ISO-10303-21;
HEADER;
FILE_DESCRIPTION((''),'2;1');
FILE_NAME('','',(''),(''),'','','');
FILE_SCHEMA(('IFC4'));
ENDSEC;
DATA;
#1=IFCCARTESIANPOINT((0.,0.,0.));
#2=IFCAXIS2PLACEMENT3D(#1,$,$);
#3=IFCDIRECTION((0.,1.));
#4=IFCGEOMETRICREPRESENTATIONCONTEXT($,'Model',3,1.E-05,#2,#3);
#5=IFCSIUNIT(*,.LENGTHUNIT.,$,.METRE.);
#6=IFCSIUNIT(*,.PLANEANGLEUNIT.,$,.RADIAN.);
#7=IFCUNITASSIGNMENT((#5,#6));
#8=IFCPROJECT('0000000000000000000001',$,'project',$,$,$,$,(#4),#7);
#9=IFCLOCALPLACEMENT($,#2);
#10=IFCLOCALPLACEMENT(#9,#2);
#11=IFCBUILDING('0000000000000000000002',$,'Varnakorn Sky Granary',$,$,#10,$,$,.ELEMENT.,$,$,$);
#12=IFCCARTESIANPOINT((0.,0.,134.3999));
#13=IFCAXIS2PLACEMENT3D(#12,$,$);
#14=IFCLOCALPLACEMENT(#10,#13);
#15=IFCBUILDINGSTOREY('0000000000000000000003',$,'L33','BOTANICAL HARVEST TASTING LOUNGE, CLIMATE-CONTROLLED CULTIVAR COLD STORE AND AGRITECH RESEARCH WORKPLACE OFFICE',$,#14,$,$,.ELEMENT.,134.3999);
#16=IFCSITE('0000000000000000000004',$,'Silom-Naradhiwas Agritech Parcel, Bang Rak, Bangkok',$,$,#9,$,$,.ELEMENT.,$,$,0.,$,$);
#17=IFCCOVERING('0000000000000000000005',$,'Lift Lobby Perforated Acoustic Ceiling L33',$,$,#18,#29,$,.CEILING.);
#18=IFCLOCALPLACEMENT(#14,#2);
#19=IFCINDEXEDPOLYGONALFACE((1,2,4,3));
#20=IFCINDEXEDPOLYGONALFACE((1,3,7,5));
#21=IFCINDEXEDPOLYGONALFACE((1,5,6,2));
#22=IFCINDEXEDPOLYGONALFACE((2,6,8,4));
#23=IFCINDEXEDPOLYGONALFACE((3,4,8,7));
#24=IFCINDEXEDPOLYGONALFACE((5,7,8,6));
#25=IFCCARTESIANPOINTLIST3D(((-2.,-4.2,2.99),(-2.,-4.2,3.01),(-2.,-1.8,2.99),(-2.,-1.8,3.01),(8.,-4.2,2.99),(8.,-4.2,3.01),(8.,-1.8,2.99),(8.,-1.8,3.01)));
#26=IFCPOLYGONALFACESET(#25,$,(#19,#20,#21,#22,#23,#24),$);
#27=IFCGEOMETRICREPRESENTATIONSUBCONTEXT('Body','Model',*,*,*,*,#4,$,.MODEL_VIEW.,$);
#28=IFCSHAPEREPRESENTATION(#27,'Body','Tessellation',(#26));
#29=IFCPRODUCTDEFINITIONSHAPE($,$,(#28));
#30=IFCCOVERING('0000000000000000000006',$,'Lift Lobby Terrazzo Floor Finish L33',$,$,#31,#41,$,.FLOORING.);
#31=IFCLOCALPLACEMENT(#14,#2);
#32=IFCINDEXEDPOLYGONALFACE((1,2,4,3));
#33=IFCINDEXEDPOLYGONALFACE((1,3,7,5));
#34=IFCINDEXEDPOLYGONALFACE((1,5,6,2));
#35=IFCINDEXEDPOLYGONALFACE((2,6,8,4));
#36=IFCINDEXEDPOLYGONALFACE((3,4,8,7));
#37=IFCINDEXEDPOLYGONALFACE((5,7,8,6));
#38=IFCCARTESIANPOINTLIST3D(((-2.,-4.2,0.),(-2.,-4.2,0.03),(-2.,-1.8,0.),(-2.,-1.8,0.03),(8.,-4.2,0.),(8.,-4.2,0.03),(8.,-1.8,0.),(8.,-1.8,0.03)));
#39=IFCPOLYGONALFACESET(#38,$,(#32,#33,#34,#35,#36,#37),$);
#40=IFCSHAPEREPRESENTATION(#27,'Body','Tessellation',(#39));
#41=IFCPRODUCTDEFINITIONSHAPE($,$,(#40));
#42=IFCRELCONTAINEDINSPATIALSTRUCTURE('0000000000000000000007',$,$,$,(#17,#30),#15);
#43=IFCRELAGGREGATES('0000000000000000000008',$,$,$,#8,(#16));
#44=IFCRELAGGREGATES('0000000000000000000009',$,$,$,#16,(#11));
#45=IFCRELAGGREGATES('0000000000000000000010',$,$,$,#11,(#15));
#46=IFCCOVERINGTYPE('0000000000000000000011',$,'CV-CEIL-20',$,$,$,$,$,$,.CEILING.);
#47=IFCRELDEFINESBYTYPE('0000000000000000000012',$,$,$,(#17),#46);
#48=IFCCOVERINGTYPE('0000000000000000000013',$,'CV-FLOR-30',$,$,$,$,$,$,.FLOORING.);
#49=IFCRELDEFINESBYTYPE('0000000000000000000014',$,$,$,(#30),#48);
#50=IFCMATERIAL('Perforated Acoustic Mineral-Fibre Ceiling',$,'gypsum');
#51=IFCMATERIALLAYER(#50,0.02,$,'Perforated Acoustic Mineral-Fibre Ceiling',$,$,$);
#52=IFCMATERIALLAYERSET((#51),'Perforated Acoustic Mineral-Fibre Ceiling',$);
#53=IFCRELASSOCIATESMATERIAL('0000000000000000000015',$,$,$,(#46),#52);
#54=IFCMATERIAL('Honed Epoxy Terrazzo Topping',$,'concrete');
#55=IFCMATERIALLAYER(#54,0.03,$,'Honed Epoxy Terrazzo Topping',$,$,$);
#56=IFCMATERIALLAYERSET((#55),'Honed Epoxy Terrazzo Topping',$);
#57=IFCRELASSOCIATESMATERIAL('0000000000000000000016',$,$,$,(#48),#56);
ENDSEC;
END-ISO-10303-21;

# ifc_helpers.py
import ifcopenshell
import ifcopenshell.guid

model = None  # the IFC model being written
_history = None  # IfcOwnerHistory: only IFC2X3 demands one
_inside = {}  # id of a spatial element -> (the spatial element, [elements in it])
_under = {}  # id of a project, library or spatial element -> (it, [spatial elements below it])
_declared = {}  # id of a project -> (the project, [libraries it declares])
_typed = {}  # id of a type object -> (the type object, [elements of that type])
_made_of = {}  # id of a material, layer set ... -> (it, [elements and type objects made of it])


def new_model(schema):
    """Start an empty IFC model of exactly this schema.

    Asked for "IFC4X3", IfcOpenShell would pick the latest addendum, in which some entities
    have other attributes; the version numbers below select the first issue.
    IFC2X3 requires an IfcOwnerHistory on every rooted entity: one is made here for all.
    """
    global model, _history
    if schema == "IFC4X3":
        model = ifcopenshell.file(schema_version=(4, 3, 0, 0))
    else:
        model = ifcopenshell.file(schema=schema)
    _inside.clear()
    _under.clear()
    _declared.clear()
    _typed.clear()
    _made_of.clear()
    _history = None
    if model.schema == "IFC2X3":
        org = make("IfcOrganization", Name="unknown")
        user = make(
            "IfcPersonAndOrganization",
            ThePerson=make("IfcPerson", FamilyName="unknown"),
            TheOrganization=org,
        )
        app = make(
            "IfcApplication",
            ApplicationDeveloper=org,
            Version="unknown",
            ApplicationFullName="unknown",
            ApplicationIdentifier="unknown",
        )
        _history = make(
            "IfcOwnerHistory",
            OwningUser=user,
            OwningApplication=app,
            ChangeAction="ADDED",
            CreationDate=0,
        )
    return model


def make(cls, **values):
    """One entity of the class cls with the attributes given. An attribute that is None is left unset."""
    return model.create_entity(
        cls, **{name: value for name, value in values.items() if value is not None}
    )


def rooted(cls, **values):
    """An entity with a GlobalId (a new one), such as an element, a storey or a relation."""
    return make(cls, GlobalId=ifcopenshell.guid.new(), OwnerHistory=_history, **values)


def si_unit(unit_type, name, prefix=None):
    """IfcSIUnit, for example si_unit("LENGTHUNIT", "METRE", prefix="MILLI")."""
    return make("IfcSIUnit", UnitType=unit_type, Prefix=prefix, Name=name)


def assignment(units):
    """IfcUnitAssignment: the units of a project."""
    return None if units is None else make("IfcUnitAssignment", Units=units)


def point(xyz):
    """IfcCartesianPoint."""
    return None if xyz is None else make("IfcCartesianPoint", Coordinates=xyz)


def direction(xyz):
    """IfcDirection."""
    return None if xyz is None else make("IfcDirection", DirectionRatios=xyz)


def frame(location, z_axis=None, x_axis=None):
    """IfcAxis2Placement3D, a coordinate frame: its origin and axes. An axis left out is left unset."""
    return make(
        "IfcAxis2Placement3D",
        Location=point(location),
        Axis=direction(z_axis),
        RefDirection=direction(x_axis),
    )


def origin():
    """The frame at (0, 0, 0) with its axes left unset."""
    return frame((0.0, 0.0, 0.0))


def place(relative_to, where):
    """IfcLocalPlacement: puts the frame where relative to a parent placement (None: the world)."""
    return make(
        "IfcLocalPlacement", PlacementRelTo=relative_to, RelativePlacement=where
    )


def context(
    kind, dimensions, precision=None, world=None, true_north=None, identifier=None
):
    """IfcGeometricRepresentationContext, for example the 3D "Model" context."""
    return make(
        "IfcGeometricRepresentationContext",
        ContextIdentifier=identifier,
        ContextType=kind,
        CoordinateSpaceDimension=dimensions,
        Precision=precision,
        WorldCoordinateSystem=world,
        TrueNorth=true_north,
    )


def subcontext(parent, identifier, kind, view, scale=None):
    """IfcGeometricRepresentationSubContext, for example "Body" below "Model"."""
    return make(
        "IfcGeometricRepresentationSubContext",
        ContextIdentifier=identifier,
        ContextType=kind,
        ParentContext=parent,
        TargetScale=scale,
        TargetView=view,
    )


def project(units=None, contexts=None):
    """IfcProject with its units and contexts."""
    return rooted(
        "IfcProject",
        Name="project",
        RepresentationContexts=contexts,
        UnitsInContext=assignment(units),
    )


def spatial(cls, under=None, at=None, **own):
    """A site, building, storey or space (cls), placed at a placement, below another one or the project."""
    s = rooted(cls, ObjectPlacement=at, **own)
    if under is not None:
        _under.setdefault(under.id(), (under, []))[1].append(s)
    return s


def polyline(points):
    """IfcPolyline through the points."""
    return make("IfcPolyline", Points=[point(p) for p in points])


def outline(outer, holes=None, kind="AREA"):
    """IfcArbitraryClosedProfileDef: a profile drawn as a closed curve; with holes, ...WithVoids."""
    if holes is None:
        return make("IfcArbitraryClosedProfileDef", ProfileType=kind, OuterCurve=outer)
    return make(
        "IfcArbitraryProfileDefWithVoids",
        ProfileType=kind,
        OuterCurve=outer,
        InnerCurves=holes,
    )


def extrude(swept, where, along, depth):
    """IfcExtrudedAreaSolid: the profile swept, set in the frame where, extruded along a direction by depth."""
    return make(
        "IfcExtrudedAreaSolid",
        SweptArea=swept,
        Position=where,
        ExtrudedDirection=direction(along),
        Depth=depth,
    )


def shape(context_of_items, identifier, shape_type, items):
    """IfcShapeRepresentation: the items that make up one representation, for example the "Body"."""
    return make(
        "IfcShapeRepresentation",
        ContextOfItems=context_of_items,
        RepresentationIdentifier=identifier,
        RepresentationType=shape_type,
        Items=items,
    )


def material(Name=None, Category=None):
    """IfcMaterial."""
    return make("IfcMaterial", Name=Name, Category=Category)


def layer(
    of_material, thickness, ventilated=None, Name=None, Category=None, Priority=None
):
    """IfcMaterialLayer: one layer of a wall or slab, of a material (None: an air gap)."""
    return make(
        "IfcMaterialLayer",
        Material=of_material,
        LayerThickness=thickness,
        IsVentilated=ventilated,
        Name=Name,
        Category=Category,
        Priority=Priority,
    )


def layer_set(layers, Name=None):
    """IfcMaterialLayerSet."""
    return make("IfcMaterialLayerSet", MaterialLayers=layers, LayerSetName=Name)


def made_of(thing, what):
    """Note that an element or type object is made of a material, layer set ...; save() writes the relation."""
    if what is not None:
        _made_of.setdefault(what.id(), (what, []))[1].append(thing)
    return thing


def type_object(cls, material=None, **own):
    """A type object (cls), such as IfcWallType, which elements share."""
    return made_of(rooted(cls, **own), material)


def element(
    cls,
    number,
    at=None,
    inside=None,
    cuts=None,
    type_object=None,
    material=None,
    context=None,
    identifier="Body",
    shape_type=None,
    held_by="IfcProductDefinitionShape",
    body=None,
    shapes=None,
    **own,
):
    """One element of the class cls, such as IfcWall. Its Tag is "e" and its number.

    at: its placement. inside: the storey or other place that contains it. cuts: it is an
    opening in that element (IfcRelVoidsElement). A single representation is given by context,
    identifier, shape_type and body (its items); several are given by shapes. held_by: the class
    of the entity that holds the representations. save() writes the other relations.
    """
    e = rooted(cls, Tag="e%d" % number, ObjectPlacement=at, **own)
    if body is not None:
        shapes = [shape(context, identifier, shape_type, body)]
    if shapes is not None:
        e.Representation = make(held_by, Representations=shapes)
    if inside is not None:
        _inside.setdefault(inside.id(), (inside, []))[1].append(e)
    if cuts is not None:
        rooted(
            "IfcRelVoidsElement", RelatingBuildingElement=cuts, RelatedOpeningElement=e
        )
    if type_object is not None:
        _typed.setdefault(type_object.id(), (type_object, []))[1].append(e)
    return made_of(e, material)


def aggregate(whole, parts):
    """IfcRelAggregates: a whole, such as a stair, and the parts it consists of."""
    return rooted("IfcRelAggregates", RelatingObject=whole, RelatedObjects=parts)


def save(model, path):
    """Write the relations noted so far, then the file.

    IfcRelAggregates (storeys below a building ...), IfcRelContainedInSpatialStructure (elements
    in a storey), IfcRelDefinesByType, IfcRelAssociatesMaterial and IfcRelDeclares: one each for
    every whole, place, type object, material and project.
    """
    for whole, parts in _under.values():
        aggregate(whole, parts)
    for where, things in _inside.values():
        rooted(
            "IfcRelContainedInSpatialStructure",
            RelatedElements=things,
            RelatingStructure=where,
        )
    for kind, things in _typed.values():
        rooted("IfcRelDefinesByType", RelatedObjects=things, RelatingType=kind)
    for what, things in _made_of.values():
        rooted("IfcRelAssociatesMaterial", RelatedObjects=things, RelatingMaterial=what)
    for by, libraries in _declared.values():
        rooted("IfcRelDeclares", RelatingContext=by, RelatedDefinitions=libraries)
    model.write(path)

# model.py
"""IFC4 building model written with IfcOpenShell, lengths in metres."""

from ifc_helpers import new_model, si_unit, direction, frame, origin, place, context, subcontext, project, spatial, polyline, outline, extrude, material, layer, layer_set, type_object, element, save


model = new_model("IFC4")

# Units and contexts
model_context = context("Model", 3, precision=1e-05, world=origin(), true_north=direction((0.0, 1.0)))
body_context = subcontext(model_context, "Body", "Model", "MODEL_VIEW")
ifc_project = project(units=[si_unit("LENGTHUNIT", "METRE"), si_unit("PLANEANGLEUNIT", "RADIAN")], contexts=[model_context])

# Site, building, storey
site_placement = place(None, origin())
site = spatial("IfcSite", under=ifc_project, at=site_placement, Name="Silom-Naradhiwas Agritech Parcel, Bang Rak, Bangkok", CompositionType="ELEMENT", RefElevation=0.0)
building_placement = place(site_placement, origin())
building = spatial("IfcBuilding", under=site, at=building_placement, Name="Varnakorn Sky Granary", CompositionType="ELEMENT")
storey_placement = place(building_placement, frame((0.0, 0.0, 134.3999)))
storey = spatial("IfcBuildingStorey", under=building, at=storey_placement, Name="L33", Description="BOTANICAL HARVEST TASTING LOUNGE, CLIMATE-CONTROLLED CULTIVAR COLD STORE AND AGRITECH RESEARCH WORKPLACE OFFICE", CompositionType="ELEMENT", Elevation=134.3999)

# Coverings
ifc_material_1 = material(Name="Perforated Acoustic Mineral-Fibre Ceiling", Category="gypsum")
ifc_layer_1 = layer(ifc_material_1, 0.02, Name="Perforated Acoustic Mineral-Fibre Ceiling")
ifc_layer_set_1 = layer_set([ifc_layer_1], Name="Perforated Acoustic Mineral-Fibre Ceiling")
covering_type_1 = type_object("IfcCoveringType", Name="CV-CEIL-20", PredefinedType="CEILING", material=ifc_layer_set_1)
covering_1_placement = place(storey_placement, frame((0.0, 0.0, 2.99)))
element("IfcCovering", 1, at=covering_1_placement, inside=storey, type_object=covering_type_1, Name="Lift Lobby Perforated Acoustic Ceiling L33", PredefinedType="CEILING", context=body_context, shape_type="SweptSolid", body=[
    extrude(outline(polyline([(-2.0, -4.2), (8.0, -4.2), (8.0, -1.8), (-2.0, -1.8), (-2.0, -4.2)])), origin(), (0.0, 0.0, 1.0), 0.02),
])
ifc_material_2 = material(Name="Honed Epoxy Terrazzo Topping", Category="concrete")
ifc_layer_2 = layer(ifc_material_2, 0.03, Name="Honed Epoxy Terrazzo Topping")
ifc_layer_set_2 = layer_set([ifc_layer_2], Name="Honed Epoxy Terrazzo Topping")
covering_type_2 = type_object("IfcCoveringType", Name="CV-FLOR-30", PredefinedType="FLOORING", material=ifc_layer_set_2)
covering_2_placement = place(storey_placement, origin())
element("IfcCovering", 2, at=covering_2_placement, inside=storey, type_object=covering_type_2, Name="Lift Lobby Terrazzo Floor Finish L33", PredefinedType="FLOORING", context=body_context, shape_type="SweptSolid", body=[
    extrude(outline(polyline([(-2.0, -4.2), (8.0, -4.2), (8.0, -1.8), (-2.0, -1.8), (-2.0, -4.2)])), origin(), (0.0, 0.0, 1.0), 0.03),
])

save(model, "model.ifc")
